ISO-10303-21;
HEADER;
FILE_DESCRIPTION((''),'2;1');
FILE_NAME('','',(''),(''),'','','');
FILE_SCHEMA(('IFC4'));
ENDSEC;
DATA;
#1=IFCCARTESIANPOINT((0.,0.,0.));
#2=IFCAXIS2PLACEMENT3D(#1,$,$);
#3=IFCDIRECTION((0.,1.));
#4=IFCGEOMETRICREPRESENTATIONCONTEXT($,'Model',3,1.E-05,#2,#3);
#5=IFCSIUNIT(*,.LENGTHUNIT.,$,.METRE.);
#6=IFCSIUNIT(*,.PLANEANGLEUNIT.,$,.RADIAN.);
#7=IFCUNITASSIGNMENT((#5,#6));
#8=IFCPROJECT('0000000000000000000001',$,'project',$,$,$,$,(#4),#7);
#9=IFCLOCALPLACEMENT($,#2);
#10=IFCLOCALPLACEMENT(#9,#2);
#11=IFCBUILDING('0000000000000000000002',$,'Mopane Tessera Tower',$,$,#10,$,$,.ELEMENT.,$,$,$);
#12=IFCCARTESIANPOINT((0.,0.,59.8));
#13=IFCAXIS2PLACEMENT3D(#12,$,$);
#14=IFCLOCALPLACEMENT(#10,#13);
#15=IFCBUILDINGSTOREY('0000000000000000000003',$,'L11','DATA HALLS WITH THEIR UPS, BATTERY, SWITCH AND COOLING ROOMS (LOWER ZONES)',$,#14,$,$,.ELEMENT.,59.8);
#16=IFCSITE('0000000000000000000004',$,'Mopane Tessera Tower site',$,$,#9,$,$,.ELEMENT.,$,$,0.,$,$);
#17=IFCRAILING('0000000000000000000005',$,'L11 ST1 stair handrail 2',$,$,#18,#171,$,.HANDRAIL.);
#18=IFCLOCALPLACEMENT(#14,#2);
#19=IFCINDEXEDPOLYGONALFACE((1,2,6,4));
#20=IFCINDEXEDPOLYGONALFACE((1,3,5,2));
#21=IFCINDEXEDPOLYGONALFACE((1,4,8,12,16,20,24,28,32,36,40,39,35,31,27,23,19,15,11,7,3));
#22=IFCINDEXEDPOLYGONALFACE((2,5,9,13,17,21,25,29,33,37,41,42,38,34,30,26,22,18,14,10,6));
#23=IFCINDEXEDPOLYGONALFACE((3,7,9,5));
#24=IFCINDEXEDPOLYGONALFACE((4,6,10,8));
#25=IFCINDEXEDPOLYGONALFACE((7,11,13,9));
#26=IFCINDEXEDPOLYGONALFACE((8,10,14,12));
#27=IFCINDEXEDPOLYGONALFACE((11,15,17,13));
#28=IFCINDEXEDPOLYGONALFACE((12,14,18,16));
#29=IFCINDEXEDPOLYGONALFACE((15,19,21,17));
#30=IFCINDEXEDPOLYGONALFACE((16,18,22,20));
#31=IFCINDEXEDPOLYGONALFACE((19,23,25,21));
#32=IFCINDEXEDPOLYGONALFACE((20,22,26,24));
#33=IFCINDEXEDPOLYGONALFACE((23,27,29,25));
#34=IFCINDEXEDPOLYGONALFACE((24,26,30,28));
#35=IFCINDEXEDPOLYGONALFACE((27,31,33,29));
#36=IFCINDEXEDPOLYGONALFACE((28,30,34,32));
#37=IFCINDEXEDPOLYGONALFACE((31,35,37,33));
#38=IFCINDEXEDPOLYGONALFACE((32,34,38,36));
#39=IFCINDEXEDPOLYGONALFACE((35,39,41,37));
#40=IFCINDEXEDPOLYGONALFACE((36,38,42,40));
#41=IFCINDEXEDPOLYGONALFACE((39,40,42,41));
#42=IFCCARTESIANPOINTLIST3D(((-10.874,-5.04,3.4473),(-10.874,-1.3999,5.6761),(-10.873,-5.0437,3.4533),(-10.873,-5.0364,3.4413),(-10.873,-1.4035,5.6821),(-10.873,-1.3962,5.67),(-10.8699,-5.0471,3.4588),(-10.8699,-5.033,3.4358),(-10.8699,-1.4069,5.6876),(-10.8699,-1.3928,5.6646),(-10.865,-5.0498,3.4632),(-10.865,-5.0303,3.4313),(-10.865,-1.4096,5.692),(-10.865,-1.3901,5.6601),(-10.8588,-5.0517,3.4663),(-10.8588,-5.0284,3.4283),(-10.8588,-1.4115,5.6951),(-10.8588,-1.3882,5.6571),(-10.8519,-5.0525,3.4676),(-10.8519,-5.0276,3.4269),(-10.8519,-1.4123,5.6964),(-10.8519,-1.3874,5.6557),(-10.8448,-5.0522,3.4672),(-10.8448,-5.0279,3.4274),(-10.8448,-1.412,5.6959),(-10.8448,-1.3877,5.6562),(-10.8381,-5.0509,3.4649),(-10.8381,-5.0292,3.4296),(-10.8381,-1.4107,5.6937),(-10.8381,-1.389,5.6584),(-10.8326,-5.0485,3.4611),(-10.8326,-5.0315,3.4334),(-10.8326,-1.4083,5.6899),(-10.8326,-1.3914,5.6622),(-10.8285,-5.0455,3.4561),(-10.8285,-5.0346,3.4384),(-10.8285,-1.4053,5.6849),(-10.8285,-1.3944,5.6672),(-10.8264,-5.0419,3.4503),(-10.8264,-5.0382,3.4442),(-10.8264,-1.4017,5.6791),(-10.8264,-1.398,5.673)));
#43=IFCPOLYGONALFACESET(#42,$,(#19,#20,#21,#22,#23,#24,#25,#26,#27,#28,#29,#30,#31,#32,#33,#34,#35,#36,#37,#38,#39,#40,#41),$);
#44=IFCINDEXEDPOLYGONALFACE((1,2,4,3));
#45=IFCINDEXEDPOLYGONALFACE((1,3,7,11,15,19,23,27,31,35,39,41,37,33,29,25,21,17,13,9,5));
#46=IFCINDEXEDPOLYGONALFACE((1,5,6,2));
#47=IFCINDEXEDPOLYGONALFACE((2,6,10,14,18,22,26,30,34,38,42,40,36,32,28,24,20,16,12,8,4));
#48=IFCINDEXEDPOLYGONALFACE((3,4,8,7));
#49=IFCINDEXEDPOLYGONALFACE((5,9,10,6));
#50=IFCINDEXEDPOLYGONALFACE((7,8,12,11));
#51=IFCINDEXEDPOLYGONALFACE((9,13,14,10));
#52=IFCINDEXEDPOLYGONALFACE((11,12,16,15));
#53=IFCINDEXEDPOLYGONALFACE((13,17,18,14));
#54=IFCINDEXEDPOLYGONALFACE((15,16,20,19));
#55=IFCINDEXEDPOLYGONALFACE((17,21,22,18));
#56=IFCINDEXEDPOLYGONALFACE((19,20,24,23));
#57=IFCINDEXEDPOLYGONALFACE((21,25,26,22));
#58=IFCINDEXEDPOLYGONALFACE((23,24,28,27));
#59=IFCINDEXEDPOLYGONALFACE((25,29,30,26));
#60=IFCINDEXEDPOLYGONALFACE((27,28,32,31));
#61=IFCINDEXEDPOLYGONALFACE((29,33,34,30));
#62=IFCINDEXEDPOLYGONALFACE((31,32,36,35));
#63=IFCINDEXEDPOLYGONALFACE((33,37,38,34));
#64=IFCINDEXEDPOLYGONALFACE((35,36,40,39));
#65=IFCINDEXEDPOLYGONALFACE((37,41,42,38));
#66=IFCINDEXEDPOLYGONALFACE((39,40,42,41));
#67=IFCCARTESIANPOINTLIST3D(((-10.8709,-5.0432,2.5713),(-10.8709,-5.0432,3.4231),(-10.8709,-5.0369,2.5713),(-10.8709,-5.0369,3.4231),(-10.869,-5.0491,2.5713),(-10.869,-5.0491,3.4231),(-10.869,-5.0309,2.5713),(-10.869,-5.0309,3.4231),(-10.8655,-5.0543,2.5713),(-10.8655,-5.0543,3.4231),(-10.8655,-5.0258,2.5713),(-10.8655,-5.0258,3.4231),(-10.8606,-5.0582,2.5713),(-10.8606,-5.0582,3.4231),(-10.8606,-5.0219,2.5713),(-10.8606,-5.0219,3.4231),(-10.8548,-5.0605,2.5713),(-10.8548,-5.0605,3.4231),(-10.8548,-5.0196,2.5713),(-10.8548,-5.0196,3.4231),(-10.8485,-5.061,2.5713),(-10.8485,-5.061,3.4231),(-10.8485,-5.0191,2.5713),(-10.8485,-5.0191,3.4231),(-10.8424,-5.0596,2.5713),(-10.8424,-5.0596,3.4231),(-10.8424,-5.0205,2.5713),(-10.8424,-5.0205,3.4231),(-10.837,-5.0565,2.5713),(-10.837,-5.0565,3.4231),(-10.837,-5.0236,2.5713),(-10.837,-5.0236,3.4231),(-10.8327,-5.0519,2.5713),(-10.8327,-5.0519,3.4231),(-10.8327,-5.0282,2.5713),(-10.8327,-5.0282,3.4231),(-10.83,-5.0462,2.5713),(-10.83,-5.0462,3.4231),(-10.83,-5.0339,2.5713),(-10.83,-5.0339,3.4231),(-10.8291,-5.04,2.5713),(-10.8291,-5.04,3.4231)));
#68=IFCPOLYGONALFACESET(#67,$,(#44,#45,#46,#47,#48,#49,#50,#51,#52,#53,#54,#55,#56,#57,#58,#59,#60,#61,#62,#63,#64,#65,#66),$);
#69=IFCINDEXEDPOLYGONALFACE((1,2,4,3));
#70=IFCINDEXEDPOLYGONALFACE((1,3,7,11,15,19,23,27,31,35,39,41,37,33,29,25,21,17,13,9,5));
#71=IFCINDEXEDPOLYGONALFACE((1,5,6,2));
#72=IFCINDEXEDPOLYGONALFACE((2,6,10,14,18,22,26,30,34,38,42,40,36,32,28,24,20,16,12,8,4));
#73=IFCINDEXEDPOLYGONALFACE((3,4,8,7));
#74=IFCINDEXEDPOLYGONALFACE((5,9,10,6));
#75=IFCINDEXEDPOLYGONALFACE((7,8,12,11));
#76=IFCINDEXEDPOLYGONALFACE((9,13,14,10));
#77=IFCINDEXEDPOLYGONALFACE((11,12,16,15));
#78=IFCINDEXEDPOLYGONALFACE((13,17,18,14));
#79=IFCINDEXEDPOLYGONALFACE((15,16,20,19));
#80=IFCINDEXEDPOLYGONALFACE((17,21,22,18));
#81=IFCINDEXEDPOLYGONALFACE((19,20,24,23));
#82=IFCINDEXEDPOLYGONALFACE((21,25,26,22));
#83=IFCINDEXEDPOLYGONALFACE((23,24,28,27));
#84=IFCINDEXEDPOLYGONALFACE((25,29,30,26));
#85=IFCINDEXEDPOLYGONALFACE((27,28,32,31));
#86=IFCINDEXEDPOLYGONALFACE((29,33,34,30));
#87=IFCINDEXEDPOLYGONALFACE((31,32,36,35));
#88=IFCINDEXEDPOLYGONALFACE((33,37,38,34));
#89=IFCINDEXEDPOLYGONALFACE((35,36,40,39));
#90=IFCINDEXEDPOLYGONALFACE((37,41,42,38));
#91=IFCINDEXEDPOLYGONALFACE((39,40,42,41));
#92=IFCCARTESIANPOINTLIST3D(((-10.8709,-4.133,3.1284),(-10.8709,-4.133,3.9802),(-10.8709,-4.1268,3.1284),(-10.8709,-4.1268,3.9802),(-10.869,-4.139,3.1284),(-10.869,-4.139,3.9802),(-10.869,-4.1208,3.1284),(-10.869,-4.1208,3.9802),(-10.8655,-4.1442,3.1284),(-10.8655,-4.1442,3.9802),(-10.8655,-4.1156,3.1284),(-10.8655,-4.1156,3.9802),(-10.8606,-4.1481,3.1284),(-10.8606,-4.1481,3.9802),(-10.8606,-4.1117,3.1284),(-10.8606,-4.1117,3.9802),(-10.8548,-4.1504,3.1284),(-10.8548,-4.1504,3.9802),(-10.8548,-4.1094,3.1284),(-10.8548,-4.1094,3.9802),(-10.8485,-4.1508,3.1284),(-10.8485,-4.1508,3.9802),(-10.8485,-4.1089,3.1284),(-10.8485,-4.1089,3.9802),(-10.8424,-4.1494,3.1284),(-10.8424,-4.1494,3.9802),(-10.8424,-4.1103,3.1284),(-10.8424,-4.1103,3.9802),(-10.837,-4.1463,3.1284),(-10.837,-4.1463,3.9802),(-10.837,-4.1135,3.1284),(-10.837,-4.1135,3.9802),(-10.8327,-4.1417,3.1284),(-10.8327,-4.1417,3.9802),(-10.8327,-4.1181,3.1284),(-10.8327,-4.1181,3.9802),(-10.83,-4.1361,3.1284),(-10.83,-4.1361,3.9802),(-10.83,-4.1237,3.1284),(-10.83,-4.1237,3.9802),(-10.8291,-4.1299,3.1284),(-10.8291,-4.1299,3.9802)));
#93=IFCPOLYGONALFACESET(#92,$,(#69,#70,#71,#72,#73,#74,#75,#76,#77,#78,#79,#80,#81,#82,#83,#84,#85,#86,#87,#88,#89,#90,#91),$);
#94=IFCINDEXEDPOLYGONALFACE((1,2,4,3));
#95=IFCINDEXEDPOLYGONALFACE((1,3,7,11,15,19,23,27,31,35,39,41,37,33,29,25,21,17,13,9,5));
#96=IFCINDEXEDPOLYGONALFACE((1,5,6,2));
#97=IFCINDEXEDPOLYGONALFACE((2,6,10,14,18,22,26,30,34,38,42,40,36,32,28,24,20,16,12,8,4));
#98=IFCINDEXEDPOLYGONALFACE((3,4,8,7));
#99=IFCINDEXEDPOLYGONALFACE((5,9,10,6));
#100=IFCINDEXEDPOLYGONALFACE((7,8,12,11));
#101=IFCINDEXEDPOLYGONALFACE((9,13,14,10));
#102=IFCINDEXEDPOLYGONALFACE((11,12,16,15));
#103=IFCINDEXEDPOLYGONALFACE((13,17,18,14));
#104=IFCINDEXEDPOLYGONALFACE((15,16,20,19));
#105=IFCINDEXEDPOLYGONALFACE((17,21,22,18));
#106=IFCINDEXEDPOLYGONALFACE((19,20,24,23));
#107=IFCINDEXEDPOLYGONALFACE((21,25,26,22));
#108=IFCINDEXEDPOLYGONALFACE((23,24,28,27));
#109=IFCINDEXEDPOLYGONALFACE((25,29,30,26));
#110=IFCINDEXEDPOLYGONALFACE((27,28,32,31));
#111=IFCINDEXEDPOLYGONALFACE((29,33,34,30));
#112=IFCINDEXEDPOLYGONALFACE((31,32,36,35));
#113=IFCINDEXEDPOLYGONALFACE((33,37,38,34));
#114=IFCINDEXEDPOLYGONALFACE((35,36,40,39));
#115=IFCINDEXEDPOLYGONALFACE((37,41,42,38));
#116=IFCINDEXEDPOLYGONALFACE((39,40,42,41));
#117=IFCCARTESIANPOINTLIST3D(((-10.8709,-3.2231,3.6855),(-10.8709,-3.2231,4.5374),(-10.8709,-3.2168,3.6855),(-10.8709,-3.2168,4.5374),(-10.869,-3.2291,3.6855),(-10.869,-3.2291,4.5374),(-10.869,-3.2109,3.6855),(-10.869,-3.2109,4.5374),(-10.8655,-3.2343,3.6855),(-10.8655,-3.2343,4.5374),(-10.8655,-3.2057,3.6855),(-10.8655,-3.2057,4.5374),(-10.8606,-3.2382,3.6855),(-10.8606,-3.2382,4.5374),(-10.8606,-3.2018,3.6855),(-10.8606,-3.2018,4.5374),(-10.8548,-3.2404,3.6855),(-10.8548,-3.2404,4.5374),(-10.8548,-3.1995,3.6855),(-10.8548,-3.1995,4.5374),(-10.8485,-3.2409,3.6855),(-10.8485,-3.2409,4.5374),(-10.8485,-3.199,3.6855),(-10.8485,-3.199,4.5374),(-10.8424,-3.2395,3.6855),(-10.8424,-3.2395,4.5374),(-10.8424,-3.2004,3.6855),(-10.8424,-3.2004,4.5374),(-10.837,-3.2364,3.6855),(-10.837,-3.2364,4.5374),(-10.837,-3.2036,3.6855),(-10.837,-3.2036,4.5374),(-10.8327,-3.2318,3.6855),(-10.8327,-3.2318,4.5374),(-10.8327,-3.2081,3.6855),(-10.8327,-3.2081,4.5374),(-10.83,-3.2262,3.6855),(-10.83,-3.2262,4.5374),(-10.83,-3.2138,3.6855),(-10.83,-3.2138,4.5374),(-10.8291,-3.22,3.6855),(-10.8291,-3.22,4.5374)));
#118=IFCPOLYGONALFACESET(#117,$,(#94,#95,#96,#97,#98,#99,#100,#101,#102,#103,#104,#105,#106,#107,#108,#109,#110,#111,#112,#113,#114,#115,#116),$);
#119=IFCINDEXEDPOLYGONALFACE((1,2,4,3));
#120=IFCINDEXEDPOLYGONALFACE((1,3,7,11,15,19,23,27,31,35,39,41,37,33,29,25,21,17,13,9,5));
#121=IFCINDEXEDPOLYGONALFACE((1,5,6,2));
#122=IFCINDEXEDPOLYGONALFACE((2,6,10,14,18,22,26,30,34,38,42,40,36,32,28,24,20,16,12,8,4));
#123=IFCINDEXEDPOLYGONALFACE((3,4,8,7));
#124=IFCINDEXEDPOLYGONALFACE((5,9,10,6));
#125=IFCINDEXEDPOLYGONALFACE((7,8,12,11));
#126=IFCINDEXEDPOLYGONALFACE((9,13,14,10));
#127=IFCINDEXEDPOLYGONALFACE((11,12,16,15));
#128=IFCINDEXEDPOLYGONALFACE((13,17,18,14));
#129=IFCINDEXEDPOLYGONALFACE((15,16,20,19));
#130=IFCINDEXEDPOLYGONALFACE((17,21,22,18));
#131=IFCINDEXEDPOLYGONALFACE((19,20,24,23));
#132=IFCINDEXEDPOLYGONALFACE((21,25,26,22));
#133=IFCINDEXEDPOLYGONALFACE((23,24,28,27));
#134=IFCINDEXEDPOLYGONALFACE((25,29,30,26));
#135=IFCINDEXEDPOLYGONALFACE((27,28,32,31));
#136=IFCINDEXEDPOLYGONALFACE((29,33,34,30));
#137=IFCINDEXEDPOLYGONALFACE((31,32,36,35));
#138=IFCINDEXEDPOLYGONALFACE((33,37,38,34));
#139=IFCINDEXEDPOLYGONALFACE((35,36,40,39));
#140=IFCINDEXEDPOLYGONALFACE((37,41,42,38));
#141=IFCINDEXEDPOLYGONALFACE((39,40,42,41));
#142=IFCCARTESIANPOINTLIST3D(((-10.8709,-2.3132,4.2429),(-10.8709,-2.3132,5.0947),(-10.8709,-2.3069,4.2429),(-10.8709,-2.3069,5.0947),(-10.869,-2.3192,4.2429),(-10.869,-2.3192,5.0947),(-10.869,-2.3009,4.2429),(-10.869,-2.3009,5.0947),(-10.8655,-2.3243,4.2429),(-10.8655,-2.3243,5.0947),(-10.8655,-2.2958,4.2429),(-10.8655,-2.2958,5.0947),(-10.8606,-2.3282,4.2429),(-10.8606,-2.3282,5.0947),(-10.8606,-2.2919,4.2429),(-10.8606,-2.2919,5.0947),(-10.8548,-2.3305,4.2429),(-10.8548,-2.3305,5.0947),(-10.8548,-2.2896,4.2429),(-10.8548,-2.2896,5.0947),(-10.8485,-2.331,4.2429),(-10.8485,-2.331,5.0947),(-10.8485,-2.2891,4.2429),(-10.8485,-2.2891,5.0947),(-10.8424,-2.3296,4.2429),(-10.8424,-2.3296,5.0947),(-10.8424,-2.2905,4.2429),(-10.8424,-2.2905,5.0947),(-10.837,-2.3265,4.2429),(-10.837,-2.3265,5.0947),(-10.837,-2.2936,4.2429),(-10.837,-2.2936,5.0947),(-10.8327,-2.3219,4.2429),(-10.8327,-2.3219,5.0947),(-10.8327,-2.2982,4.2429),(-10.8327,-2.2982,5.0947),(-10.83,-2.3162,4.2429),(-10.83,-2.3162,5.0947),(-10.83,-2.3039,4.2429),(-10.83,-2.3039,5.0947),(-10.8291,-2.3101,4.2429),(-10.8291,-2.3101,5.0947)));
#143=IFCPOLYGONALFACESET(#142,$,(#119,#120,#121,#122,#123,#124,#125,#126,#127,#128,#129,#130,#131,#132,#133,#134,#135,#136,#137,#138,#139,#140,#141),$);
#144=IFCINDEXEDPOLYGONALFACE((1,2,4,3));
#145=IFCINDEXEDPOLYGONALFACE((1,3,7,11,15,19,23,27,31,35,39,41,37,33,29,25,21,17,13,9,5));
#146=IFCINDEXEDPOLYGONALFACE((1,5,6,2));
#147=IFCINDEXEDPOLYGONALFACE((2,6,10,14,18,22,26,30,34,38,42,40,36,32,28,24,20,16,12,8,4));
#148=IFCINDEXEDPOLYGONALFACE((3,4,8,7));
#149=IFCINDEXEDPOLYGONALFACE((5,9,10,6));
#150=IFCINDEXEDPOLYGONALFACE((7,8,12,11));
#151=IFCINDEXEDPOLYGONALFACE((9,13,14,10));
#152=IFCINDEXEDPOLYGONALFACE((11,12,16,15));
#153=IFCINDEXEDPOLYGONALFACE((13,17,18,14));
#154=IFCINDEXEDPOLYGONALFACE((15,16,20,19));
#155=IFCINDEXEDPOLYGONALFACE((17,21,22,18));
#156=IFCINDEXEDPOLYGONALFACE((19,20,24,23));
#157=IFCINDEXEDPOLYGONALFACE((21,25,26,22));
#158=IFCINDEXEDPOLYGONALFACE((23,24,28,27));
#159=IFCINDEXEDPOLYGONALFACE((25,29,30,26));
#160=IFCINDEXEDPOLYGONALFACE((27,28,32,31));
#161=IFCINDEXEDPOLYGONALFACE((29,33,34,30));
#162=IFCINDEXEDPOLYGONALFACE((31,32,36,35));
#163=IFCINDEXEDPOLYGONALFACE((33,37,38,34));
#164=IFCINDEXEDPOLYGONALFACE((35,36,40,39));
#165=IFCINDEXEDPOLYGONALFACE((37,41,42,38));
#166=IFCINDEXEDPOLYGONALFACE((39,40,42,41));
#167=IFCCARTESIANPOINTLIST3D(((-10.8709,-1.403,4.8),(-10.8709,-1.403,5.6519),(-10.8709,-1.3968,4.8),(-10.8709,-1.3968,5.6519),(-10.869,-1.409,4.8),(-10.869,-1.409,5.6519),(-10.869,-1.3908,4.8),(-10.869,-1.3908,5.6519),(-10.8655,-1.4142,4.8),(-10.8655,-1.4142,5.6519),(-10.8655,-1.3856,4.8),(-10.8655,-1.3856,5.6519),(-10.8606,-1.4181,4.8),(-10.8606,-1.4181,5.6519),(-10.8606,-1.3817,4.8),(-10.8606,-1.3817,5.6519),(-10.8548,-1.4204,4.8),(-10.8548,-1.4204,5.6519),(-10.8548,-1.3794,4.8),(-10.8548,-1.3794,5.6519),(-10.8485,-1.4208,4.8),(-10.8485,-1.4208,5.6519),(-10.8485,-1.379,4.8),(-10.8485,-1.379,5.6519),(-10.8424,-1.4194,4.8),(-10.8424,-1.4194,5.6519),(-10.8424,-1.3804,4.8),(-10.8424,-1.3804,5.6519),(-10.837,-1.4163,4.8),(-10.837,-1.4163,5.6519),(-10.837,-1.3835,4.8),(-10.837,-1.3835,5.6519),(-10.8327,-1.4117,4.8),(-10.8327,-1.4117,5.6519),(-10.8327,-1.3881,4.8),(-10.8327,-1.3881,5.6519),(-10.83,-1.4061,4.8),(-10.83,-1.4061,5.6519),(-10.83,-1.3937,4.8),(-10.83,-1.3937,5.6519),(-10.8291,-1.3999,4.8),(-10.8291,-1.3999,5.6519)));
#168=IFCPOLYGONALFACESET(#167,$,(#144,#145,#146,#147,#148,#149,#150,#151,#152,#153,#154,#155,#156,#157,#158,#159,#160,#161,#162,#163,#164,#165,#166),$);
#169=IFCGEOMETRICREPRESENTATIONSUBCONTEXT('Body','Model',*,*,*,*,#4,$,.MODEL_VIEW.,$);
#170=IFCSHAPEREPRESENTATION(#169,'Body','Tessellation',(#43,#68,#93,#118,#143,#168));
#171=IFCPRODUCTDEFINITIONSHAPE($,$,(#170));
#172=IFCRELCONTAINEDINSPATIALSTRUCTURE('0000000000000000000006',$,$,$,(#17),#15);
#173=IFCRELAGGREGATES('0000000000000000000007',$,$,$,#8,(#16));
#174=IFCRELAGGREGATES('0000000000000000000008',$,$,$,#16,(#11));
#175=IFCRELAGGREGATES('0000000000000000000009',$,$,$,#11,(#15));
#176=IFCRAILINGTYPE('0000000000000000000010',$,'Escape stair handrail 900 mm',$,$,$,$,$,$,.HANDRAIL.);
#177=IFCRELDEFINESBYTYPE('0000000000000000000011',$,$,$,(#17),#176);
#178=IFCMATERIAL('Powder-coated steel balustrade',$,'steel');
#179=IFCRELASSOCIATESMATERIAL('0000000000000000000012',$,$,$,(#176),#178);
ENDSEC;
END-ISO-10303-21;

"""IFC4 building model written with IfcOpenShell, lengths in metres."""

from ifc_helpers import new_model, si_unit, direction, frame, origin, origin_2d, place, context, subcontext, project, spatial, circle, extrude, material, type_object, element, save


model = new_model("IFC4")

# Units and contexts
model_context = context("Model", 3, precision=1e-05, world=origin(), true_north=direction((0.0, 1.0)))
body_context = subcontext(model_context, "Body", "Model", "MODEL_VIEW")
ifc_project = project(units=[si_unit("LENGTHUNIT", "METRE"), si_unit("PLANEANGLEUNIT", "RADIAN")], contexts=[model_context])

# Site, building, storey
site_placement = place(None, origin())
site = spatial("IfcSite", under=ifc_project, at=site_placement, Name="Mopane Tessera Tower site", CompositionType="ELEMENT", RefElevation=0.0)
building_placement = place(site_placement, origin())
building = spatial("IfcBuilding", under=site, at=building_placement, Name="Mopane Tessera Tower", CompositionType="ELEMENT")
storey_placement = place(building_placement, frame((0.0, 0.0, 59.8)))
storey = spatial("IfcBuildingStorey", under=building, at=storey_placement, Name="L11", Description="DATA HALLS WITH THEIR UPS, BATTERY, SWITCH AND COOLING ROOMS (LOWER ZONES)", CompositionType="ELEMENT", Elevation=59.8)

# Railing
ifc_material_1 = material(Name="Powder-coated steel balustrade", Category="steel")
railing_type_1 = type_object("IfcRailingType", Name="Escape stair handrail 900 mm", PredefinedType="HANDRAIL", material=ifc_material_1)
railing_1_placement = place(storey_placement, frame((-10.8501, -5.04, 2.5713)))
element("IfcRailing", 1, at=railing_1_placement, inside=storey, type_object=railing_type_1, Name="L11 ST1 stair handrail 2", PredefinedType="HANDRAIL", context=body_context, shape_type="SweptSolid", body=[
    extrude(circle(Radius=0.0239, at=origin_2d()), frame((0.0, 0.0, 0.876), z_axis=(0.0, 0.85284, 0.522172), x_axis=(-1.0, 0.0, 0.0)), (0.0, 0.0, 1.0), 4.2683),
    extrude(circle(Radius=0.021, at=origin_2d()), origin(), (0.0, 0.0, 1.0), 0.8518),
    extrude(circle(Radius=0.021, at=origin_2d()), frame((0.0, 0.9102, 0.5571)), (0.0, 0.0, 1.0), 0.8518),
    extrude(circle(Radius=0.021, at=origin_2d()), frame((0.0, 1.8201, 1.1143)), (0.0, 0.0, 1.0), 0.8518),
    extrude(circle(Radius=0.021, at=origin_2d()), frame((0.0, 2.73, 1.6716)), (0.0, 0.0, 1.0), 0.8518),
    extrude(circle(Radius=0.021, at=origin_2d()), frame((0.0, 3.6401, 2.2288)), (0.0, 0.0, 1.0), 0.8518),
])

save(model, "model.ifc")
